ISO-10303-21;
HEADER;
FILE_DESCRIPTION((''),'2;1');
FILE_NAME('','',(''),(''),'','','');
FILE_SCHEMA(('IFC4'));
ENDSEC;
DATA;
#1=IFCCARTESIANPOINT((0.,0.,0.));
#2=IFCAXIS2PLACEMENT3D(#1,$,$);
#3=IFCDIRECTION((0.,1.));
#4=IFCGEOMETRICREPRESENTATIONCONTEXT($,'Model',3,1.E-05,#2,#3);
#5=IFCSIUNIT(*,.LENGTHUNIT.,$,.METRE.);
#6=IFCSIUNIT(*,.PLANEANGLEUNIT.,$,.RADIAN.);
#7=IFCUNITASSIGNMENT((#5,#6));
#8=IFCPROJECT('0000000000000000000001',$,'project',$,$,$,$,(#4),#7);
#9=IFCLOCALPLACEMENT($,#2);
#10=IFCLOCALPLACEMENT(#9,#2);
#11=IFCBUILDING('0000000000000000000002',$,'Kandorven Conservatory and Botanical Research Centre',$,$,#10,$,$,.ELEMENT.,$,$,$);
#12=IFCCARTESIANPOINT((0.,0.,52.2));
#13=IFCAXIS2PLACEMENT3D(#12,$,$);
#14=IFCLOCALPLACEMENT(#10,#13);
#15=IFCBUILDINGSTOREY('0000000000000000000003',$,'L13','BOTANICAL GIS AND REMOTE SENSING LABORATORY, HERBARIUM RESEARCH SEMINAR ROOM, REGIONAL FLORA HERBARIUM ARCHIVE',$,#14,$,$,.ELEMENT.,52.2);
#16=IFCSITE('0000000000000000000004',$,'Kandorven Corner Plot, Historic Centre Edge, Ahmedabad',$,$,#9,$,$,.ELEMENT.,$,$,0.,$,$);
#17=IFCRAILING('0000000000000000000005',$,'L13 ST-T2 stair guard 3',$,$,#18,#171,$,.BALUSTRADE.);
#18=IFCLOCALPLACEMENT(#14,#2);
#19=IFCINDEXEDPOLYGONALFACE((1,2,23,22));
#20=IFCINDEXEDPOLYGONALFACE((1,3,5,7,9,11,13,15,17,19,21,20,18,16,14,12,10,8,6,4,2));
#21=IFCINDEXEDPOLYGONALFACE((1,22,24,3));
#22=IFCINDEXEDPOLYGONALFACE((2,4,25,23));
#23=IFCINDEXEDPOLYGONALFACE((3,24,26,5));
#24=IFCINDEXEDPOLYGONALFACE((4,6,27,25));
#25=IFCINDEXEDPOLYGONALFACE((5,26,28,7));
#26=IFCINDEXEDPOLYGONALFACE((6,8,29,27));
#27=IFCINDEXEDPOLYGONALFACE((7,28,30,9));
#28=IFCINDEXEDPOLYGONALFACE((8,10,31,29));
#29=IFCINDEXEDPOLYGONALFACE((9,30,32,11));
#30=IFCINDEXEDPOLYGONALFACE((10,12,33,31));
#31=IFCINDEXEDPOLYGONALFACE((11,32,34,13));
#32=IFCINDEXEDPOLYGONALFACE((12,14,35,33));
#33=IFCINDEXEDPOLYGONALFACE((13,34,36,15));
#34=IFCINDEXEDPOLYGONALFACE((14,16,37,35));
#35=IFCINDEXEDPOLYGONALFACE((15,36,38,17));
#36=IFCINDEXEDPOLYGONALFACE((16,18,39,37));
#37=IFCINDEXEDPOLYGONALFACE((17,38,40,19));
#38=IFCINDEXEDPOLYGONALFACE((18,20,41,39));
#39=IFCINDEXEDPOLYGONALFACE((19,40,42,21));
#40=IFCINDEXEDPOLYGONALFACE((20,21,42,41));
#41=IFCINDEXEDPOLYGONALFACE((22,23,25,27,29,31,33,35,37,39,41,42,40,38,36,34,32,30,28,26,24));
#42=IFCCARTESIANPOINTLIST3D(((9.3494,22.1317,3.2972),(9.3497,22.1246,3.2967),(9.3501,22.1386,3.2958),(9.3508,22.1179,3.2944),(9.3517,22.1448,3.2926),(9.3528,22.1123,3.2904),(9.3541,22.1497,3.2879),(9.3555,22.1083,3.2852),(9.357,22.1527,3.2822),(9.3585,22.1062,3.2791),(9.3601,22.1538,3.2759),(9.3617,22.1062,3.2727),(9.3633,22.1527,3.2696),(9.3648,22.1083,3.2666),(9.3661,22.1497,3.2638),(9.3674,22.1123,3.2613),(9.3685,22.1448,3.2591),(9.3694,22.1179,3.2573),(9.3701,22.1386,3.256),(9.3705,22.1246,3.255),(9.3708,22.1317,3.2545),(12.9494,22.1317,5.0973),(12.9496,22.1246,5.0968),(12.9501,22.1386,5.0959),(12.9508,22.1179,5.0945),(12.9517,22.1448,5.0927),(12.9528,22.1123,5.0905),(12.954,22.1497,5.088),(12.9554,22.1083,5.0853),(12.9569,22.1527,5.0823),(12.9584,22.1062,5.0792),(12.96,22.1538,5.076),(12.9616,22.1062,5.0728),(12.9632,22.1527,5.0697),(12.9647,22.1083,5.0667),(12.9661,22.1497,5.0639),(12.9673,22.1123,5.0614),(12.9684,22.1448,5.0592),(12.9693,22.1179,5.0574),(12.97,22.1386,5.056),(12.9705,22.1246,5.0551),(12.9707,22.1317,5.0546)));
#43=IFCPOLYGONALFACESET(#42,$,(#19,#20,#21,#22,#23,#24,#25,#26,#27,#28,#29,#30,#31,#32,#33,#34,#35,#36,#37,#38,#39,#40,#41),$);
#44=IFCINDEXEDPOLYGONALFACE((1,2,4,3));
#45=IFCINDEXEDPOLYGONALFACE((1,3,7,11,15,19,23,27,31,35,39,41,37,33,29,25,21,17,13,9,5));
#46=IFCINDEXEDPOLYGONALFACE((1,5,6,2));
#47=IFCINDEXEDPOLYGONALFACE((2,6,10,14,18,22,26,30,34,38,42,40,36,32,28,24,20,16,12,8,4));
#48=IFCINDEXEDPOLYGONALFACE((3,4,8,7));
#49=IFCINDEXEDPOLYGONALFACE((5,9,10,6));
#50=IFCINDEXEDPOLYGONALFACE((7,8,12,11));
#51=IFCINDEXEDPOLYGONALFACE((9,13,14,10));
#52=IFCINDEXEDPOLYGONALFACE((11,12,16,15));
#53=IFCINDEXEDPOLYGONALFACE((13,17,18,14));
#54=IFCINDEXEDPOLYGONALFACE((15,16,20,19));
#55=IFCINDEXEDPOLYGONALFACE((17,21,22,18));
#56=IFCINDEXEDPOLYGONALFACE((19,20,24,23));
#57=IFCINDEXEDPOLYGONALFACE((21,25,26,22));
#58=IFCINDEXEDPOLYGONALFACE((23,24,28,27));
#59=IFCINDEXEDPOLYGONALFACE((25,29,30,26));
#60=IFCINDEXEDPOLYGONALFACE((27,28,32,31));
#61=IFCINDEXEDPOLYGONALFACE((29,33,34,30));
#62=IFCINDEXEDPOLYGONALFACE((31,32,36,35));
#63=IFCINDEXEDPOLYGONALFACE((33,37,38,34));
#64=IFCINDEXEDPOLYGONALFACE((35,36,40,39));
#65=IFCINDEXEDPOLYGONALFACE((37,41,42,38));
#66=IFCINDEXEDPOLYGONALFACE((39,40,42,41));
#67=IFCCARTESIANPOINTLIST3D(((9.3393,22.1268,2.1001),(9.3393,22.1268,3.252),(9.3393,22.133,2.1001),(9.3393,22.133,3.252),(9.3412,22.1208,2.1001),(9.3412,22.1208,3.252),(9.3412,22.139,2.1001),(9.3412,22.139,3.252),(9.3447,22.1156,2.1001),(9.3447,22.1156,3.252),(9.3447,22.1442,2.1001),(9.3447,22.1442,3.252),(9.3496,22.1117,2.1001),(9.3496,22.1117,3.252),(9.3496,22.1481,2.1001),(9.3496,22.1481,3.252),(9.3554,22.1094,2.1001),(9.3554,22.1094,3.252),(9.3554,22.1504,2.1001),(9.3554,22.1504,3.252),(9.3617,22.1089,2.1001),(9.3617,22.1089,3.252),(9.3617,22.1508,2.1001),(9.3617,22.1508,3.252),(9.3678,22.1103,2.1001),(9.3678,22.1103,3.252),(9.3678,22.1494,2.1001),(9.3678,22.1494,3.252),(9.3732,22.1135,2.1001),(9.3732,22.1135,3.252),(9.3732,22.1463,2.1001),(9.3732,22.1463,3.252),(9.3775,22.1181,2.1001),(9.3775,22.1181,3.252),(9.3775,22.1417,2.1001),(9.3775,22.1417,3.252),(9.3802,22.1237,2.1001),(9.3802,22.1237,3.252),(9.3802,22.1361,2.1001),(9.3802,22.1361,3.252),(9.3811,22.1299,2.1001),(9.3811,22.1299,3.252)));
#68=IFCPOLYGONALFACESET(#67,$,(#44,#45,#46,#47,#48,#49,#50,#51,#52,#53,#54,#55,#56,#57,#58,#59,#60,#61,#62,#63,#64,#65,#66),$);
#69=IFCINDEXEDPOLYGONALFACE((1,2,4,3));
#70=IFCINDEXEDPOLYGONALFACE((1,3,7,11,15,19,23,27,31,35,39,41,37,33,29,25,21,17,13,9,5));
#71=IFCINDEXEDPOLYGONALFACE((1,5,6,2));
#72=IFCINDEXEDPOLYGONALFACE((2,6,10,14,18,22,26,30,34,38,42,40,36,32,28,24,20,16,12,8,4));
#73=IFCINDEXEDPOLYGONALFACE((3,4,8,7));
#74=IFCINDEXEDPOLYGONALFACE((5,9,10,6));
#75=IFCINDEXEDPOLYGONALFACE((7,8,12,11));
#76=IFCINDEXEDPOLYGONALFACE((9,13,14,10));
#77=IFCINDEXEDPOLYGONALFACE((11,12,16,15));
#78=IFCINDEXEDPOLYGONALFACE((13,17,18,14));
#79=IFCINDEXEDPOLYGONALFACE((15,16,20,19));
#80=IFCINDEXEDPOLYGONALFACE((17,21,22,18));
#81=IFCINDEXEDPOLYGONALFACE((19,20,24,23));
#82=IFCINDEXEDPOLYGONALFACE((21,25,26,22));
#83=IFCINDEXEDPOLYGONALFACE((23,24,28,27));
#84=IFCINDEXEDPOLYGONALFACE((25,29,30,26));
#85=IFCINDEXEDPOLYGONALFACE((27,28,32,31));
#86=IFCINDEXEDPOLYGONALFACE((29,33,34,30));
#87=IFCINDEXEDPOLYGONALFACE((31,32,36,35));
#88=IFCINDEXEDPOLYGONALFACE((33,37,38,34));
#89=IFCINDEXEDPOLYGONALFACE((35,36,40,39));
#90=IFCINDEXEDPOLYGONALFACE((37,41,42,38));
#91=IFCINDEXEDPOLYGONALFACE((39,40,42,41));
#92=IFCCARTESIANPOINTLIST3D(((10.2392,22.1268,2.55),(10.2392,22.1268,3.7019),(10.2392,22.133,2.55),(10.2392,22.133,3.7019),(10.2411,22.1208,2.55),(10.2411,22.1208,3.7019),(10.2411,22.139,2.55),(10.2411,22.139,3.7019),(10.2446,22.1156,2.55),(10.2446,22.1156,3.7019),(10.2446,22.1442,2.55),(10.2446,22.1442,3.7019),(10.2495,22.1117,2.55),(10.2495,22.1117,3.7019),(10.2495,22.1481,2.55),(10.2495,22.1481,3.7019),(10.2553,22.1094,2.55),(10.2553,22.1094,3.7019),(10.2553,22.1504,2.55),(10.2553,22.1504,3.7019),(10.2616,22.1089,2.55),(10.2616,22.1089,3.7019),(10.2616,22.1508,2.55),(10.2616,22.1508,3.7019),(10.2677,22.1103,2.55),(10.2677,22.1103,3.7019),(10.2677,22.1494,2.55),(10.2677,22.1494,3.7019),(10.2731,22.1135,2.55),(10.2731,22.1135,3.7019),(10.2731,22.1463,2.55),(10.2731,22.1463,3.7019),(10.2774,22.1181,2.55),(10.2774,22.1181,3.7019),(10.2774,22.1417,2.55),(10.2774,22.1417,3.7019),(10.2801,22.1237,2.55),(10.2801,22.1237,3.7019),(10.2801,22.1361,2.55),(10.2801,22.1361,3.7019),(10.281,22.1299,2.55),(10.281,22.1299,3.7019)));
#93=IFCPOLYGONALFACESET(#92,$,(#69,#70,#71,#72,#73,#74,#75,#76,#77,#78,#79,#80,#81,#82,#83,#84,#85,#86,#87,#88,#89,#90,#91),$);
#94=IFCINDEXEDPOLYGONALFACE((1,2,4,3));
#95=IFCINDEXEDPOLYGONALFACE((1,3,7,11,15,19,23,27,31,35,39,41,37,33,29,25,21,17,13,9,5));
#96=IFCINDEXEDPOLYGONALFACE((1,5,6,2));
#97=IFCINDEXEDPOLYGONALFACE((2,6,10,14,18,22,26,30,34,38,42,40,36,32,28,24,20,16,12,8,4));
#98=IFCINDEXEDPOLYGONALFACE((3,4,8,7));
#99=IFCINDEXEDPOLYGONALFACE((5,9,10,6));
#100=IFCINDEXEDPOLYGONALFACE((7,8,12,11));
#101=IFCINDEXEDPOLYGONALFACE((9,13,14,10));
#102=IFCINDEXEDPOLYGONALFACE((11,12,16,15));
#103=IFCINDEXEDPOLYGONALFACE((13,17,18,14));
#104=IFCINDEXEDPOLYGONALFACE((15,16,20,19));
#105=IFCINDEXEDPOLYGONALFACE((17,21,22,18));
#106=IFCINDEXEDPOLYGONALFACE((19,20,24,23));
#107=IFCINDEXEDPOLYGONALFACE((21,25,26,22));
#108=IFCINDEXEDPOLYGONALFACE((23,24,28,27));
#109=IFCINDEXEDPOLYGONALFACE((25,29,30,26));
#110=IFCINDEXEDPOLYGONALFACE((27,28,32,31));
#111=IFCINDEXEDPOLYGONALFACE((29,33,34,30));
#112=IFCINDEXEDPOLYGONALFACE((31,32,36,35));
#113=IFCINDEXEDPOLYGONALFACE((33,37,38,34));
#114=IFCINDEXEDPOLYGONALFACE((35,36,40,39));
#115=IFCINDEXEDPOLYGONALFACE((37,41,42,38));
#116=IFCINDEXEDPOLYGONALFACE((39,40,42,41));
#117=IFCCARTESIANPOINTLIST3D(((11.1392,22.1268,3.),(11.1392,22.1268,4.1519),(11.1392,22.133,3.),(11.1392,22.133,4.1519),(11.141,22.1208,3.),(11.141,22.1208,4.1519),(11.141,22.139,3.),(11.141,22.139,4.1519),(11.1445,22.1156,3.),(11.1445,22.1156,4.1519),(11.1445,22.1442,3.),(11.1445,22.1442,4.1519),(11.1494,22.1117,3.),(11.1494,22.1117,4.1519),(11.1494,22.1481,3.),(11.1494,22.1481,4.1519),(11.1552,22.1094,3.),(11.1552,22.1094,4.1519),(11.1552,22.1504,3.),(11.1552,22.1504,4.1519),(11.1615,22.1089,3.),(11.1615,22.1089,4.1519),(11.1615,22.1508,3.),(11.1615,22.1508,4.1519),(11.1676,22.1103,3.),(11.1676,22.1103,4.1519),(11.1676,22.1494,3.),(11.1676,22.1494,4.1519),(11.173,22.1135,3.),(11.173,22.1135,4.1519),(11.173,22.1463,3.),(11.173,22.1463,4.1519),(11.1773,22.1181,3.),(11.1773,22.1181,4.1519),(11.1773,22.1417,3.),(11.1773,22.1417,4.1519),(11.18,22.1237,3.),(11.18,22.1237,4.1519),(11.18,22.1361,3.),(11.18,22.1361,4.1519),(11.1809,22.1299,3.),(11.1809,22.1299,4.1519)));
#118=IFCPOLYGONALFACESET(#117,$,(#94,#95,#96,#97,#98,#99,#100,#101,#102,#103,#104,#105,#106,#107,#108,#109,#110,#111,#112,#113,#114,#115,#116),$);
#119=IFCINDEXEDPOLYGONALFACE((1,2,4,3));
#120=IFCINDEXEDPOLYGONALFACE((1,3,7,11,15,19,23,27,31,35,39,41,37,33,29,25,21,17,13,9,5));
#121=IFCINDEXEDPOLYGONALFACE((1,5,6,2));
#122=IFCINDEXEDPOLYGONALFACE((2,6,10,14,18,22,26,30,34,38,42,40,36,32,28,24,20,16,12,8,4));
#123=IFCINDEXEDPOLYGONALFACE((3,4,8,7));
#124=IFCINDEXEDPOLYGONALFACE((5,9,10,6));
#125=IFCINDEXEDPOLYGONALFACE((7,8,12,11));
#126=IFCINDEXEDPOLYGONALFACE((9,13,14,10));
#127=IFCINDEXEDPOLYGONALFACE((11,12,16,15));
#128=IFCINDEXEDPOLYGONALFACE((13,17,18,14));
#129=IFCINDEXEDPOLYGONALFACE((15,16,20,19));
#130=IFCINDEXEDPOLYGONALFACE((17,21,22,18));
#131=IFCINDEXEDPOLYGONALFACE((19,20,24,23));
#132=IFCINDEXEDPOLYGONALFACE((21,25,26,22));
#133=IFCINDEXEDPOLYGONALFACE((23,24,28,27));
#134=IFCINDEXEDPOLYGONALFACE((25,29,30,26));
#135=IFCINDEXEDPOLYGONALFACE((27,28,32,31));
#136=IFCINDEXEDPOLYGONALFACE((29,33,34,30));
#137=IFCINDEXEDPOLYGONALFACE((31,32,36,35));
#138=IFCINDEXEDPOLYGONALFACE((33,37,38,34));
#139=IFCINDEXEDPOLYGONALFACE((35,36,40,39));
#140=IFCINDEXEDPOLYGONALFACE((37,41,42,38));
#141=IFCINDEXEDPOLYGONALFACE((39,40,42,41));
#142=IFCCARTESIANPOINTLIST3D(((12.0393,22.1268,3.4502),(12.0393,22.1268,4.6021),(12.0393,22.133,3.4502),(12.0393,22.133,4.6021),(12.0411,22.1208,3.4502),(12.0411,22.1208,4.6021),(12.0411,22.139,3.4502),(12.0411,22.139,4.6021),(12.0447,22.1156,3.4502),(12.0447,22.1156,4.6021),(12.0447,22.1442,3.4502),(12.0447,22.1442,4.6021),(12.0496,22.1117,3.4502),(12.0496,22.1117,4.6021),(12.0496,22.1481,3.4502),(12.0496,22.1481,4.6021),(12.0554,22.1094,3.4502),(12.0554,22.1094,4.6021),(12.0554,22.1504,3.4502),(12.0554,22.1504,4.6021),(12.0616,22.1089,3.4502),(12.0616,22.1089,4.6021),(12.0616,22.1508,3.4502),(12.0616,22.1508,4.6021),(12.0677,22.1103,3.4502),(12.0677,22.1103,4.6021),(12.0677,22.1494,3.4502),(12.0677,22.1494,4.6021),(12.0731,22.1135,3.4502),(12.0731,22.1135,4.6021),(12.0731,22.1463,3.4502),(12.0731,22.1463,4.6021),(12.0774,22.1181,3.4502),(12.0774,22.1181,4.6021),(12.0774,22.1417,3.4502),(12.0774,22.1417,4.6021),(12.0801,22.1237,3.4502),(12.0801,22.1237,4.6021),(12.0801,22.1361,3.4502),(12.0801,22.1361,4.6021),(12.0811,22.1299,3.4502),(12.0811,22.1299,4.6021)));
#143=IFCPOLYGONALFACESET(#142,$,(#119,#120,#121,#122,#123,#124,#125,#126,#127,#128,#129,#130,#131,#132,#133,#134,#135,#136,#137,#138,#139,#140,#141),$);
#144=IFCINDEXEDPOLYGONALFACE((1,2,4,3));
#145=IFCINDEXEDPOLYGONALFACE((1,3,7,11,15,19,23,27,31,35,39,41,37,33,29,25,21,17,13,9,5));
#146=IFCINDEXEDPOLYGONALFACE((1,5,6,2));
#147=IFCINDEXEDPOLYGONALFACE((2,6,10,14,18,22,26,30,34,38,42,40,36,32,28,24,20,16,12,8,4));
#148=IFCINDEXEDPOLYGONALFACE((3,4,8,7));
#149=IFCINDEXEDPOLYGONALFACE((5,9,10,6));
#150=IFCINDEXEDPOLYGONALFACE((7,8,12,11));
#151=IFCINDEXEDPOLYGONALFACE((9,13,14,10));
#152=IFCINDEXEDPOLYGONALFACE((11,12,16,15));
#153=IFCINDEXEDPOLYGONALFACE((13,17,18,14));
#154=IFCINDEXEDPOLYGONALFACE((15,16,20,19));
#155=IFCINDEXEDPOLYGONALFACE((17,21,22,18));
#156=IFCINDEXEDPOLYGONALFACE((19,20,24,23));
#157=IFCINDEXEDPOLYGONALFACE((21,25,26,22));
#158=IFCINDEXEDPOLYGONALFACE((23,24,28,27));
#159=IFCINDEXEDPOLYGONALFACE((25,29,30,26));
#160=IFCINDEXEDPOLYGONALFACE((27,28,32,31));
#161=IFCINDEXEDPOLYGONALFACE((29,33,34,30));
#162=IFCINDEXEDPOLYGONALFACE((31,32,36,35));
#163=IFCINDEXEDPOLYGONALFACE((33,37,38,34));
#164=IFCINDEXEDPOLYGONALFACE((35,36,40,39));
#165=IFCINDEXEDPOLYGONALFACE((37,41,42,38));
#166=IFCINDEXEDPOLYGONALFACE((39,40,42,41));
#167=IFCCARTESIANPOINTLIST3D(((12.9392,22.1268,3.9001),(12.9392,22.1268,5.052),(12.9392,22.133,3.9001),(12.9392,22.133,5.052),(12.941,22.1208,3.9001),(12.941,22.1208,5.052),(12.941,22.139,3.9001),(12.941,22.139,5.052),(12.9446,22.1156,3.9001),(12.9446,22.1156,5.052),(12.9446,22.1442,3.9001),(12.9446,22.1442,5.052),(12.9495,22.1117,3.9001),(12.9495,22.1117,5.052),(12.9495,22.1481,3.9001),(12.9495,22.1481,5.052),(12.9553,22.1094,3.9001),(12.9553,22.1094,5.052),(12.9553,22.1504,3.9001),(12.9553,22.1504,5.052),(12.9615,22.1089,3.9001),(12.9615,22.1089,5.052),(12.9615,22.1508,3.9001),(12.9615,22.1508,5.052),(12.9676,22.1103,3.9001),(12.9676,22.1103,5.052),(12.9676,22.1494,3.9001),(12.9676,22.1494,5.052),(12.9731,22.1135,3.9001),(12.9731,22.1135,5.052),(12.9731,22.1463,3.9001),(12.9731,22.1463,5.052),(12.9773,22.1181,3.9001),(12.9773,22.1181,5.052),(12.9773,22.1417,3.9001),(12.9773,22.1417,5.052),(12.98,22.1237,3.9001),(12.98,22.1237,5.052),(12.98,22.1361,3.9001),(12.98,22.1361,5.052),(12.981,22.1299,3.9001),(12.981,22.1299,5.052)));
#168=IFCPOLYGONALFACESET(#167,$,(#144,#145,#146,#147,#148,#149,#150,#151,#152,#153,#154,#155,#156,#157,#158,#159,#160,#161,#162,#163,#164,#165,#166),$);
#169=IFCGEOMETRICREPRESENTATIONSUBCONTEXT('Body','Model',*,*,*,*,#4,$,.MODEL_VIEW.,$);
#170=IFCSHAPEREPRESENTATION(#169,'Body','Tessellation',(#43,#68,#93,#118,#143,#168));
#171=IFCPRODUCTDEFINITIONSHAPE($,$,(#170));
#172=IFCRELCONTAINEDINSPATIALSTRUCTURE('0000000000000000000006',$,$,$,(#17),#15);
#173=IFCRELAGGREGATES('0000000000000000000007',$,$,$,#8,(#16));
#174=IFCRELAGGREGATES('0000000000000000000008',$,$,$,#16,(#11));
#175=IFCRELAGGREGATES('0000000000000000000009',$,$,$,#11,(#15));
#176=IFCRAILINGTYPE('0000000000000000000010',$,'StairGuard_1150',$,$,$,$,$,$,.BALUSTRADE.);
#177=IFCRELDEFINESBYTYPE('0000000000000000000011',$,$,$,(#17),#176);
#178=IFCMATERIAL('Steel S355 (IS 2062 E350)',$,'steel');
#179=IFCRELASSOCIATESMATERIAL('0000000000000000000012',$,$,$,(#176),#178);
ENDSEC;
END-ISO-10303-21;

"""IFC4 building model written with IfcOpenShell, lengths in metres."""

from ifc_helpers import new_model, si_unit, direction, frame, origin, origin_2d, place, context, subcontext, project, spatial, circle, extrude, material, type_object, element, save


model = new_model("IFC4")

# Units and contexts
model_context = context("Model", 3, precision=1e-05, world=origin(), true_north=direction((0.0, 1.0)))
body_context = subcontext(model_context, "Body", "Model", "MODEL_VIEW")
ifc_project = project(units=[si_unit("LENGTHUNIT", "METRE"), si_unit("PLANEANGLEUNIT", "RADIAN")], contexts=[model_context])

# Site, building, storey
site_placement = place(None, origin())
site = spatial("IfcSite", under=ifc_project, at=site_placement, Name="Kandorven Corner Plot, Historic Centre Edge, Ahmedabad", CompositionType="ELEMENT", RefElevation=0.0)
building_placement = place(site_placement, origin())
building = spatial("IfcBuilding", under=site, at=building_placement, Name="Kandorven Conservatory and Botanical Research Centre", CompositionType="ELEMENT")
storey_placement = place(building_placement, frame((0.0, 0.0, 52.2)))
storey = spatial("IfcBuildingStorey", under=building, at=storey_placement, Name="L13", Description="BOTANICAL GIS AND REMOTE SENSING LABORATORY, HERBARIUM RESEARCH SEMINAR ROOM, REGIONAL FLORA HERBARIUM ARCHIVE", CompositionType="ELEMENT", Elevation=52.2)

# Railing
ifc_material_1 = material(Name="Steel S355 (IS 2062 E350)", Category="steel")
railing_type_1 = type_object("IfcRailingType", Name="StairGuard_1150", PredefinedType="BALUSTRADE", material=ifc_material_1)
railing_1_placement = place(storey_placement, frame((9.3601, 22.1299, 2.1001)))
element("IfcRailing", 1, at=railing_1_placement, inside=storey, type_object=railing_type_1, Name="L13 ST-T2 stair guard 3", PredefinedType="BALUSTRADE", context=body_context, shape_type="SweptSolid", body=[
    extrude(circle(Radius=0.0239, at=origin_2d()), frame((0.0, 0.0, 1.1758), z_axis=(0.894415, 0.0, 0.447238), x_axis=(0.0, 1.0, 0.0)), (0.0, 0.0, 1.0), 4.0249),
    extrude(circle(Radius=0.021, at=origin_2d()), origin(), (0.0, 0.0, 1.0), 1.1519),
    extrude(circle(Radius=0.021, at=origin_2d()), frame((0.8999, 0.0, 0.45)), (0.0, 0.0, 1.0), 1.1519),
    extrude(circle(Radius=0.021, at=origin_2d()), frame((1.7998, 0.0, 0.8999)), (0.0, 0.0, 1.0), 1.1519),
    extrude(circle(Radius=0.021, at=origin_2d()), frame((2.7, 0.0, 1.3501)), (0.0, 0.0, 1.0), 1.1519),
    extrude(circle(Radius=0.021, at=origin_2d()), frame((3.5999, 0.0, 1.8)), (0.0, 0.0, 1.0), 1.1519),
])

save(model, "model.ifc")
